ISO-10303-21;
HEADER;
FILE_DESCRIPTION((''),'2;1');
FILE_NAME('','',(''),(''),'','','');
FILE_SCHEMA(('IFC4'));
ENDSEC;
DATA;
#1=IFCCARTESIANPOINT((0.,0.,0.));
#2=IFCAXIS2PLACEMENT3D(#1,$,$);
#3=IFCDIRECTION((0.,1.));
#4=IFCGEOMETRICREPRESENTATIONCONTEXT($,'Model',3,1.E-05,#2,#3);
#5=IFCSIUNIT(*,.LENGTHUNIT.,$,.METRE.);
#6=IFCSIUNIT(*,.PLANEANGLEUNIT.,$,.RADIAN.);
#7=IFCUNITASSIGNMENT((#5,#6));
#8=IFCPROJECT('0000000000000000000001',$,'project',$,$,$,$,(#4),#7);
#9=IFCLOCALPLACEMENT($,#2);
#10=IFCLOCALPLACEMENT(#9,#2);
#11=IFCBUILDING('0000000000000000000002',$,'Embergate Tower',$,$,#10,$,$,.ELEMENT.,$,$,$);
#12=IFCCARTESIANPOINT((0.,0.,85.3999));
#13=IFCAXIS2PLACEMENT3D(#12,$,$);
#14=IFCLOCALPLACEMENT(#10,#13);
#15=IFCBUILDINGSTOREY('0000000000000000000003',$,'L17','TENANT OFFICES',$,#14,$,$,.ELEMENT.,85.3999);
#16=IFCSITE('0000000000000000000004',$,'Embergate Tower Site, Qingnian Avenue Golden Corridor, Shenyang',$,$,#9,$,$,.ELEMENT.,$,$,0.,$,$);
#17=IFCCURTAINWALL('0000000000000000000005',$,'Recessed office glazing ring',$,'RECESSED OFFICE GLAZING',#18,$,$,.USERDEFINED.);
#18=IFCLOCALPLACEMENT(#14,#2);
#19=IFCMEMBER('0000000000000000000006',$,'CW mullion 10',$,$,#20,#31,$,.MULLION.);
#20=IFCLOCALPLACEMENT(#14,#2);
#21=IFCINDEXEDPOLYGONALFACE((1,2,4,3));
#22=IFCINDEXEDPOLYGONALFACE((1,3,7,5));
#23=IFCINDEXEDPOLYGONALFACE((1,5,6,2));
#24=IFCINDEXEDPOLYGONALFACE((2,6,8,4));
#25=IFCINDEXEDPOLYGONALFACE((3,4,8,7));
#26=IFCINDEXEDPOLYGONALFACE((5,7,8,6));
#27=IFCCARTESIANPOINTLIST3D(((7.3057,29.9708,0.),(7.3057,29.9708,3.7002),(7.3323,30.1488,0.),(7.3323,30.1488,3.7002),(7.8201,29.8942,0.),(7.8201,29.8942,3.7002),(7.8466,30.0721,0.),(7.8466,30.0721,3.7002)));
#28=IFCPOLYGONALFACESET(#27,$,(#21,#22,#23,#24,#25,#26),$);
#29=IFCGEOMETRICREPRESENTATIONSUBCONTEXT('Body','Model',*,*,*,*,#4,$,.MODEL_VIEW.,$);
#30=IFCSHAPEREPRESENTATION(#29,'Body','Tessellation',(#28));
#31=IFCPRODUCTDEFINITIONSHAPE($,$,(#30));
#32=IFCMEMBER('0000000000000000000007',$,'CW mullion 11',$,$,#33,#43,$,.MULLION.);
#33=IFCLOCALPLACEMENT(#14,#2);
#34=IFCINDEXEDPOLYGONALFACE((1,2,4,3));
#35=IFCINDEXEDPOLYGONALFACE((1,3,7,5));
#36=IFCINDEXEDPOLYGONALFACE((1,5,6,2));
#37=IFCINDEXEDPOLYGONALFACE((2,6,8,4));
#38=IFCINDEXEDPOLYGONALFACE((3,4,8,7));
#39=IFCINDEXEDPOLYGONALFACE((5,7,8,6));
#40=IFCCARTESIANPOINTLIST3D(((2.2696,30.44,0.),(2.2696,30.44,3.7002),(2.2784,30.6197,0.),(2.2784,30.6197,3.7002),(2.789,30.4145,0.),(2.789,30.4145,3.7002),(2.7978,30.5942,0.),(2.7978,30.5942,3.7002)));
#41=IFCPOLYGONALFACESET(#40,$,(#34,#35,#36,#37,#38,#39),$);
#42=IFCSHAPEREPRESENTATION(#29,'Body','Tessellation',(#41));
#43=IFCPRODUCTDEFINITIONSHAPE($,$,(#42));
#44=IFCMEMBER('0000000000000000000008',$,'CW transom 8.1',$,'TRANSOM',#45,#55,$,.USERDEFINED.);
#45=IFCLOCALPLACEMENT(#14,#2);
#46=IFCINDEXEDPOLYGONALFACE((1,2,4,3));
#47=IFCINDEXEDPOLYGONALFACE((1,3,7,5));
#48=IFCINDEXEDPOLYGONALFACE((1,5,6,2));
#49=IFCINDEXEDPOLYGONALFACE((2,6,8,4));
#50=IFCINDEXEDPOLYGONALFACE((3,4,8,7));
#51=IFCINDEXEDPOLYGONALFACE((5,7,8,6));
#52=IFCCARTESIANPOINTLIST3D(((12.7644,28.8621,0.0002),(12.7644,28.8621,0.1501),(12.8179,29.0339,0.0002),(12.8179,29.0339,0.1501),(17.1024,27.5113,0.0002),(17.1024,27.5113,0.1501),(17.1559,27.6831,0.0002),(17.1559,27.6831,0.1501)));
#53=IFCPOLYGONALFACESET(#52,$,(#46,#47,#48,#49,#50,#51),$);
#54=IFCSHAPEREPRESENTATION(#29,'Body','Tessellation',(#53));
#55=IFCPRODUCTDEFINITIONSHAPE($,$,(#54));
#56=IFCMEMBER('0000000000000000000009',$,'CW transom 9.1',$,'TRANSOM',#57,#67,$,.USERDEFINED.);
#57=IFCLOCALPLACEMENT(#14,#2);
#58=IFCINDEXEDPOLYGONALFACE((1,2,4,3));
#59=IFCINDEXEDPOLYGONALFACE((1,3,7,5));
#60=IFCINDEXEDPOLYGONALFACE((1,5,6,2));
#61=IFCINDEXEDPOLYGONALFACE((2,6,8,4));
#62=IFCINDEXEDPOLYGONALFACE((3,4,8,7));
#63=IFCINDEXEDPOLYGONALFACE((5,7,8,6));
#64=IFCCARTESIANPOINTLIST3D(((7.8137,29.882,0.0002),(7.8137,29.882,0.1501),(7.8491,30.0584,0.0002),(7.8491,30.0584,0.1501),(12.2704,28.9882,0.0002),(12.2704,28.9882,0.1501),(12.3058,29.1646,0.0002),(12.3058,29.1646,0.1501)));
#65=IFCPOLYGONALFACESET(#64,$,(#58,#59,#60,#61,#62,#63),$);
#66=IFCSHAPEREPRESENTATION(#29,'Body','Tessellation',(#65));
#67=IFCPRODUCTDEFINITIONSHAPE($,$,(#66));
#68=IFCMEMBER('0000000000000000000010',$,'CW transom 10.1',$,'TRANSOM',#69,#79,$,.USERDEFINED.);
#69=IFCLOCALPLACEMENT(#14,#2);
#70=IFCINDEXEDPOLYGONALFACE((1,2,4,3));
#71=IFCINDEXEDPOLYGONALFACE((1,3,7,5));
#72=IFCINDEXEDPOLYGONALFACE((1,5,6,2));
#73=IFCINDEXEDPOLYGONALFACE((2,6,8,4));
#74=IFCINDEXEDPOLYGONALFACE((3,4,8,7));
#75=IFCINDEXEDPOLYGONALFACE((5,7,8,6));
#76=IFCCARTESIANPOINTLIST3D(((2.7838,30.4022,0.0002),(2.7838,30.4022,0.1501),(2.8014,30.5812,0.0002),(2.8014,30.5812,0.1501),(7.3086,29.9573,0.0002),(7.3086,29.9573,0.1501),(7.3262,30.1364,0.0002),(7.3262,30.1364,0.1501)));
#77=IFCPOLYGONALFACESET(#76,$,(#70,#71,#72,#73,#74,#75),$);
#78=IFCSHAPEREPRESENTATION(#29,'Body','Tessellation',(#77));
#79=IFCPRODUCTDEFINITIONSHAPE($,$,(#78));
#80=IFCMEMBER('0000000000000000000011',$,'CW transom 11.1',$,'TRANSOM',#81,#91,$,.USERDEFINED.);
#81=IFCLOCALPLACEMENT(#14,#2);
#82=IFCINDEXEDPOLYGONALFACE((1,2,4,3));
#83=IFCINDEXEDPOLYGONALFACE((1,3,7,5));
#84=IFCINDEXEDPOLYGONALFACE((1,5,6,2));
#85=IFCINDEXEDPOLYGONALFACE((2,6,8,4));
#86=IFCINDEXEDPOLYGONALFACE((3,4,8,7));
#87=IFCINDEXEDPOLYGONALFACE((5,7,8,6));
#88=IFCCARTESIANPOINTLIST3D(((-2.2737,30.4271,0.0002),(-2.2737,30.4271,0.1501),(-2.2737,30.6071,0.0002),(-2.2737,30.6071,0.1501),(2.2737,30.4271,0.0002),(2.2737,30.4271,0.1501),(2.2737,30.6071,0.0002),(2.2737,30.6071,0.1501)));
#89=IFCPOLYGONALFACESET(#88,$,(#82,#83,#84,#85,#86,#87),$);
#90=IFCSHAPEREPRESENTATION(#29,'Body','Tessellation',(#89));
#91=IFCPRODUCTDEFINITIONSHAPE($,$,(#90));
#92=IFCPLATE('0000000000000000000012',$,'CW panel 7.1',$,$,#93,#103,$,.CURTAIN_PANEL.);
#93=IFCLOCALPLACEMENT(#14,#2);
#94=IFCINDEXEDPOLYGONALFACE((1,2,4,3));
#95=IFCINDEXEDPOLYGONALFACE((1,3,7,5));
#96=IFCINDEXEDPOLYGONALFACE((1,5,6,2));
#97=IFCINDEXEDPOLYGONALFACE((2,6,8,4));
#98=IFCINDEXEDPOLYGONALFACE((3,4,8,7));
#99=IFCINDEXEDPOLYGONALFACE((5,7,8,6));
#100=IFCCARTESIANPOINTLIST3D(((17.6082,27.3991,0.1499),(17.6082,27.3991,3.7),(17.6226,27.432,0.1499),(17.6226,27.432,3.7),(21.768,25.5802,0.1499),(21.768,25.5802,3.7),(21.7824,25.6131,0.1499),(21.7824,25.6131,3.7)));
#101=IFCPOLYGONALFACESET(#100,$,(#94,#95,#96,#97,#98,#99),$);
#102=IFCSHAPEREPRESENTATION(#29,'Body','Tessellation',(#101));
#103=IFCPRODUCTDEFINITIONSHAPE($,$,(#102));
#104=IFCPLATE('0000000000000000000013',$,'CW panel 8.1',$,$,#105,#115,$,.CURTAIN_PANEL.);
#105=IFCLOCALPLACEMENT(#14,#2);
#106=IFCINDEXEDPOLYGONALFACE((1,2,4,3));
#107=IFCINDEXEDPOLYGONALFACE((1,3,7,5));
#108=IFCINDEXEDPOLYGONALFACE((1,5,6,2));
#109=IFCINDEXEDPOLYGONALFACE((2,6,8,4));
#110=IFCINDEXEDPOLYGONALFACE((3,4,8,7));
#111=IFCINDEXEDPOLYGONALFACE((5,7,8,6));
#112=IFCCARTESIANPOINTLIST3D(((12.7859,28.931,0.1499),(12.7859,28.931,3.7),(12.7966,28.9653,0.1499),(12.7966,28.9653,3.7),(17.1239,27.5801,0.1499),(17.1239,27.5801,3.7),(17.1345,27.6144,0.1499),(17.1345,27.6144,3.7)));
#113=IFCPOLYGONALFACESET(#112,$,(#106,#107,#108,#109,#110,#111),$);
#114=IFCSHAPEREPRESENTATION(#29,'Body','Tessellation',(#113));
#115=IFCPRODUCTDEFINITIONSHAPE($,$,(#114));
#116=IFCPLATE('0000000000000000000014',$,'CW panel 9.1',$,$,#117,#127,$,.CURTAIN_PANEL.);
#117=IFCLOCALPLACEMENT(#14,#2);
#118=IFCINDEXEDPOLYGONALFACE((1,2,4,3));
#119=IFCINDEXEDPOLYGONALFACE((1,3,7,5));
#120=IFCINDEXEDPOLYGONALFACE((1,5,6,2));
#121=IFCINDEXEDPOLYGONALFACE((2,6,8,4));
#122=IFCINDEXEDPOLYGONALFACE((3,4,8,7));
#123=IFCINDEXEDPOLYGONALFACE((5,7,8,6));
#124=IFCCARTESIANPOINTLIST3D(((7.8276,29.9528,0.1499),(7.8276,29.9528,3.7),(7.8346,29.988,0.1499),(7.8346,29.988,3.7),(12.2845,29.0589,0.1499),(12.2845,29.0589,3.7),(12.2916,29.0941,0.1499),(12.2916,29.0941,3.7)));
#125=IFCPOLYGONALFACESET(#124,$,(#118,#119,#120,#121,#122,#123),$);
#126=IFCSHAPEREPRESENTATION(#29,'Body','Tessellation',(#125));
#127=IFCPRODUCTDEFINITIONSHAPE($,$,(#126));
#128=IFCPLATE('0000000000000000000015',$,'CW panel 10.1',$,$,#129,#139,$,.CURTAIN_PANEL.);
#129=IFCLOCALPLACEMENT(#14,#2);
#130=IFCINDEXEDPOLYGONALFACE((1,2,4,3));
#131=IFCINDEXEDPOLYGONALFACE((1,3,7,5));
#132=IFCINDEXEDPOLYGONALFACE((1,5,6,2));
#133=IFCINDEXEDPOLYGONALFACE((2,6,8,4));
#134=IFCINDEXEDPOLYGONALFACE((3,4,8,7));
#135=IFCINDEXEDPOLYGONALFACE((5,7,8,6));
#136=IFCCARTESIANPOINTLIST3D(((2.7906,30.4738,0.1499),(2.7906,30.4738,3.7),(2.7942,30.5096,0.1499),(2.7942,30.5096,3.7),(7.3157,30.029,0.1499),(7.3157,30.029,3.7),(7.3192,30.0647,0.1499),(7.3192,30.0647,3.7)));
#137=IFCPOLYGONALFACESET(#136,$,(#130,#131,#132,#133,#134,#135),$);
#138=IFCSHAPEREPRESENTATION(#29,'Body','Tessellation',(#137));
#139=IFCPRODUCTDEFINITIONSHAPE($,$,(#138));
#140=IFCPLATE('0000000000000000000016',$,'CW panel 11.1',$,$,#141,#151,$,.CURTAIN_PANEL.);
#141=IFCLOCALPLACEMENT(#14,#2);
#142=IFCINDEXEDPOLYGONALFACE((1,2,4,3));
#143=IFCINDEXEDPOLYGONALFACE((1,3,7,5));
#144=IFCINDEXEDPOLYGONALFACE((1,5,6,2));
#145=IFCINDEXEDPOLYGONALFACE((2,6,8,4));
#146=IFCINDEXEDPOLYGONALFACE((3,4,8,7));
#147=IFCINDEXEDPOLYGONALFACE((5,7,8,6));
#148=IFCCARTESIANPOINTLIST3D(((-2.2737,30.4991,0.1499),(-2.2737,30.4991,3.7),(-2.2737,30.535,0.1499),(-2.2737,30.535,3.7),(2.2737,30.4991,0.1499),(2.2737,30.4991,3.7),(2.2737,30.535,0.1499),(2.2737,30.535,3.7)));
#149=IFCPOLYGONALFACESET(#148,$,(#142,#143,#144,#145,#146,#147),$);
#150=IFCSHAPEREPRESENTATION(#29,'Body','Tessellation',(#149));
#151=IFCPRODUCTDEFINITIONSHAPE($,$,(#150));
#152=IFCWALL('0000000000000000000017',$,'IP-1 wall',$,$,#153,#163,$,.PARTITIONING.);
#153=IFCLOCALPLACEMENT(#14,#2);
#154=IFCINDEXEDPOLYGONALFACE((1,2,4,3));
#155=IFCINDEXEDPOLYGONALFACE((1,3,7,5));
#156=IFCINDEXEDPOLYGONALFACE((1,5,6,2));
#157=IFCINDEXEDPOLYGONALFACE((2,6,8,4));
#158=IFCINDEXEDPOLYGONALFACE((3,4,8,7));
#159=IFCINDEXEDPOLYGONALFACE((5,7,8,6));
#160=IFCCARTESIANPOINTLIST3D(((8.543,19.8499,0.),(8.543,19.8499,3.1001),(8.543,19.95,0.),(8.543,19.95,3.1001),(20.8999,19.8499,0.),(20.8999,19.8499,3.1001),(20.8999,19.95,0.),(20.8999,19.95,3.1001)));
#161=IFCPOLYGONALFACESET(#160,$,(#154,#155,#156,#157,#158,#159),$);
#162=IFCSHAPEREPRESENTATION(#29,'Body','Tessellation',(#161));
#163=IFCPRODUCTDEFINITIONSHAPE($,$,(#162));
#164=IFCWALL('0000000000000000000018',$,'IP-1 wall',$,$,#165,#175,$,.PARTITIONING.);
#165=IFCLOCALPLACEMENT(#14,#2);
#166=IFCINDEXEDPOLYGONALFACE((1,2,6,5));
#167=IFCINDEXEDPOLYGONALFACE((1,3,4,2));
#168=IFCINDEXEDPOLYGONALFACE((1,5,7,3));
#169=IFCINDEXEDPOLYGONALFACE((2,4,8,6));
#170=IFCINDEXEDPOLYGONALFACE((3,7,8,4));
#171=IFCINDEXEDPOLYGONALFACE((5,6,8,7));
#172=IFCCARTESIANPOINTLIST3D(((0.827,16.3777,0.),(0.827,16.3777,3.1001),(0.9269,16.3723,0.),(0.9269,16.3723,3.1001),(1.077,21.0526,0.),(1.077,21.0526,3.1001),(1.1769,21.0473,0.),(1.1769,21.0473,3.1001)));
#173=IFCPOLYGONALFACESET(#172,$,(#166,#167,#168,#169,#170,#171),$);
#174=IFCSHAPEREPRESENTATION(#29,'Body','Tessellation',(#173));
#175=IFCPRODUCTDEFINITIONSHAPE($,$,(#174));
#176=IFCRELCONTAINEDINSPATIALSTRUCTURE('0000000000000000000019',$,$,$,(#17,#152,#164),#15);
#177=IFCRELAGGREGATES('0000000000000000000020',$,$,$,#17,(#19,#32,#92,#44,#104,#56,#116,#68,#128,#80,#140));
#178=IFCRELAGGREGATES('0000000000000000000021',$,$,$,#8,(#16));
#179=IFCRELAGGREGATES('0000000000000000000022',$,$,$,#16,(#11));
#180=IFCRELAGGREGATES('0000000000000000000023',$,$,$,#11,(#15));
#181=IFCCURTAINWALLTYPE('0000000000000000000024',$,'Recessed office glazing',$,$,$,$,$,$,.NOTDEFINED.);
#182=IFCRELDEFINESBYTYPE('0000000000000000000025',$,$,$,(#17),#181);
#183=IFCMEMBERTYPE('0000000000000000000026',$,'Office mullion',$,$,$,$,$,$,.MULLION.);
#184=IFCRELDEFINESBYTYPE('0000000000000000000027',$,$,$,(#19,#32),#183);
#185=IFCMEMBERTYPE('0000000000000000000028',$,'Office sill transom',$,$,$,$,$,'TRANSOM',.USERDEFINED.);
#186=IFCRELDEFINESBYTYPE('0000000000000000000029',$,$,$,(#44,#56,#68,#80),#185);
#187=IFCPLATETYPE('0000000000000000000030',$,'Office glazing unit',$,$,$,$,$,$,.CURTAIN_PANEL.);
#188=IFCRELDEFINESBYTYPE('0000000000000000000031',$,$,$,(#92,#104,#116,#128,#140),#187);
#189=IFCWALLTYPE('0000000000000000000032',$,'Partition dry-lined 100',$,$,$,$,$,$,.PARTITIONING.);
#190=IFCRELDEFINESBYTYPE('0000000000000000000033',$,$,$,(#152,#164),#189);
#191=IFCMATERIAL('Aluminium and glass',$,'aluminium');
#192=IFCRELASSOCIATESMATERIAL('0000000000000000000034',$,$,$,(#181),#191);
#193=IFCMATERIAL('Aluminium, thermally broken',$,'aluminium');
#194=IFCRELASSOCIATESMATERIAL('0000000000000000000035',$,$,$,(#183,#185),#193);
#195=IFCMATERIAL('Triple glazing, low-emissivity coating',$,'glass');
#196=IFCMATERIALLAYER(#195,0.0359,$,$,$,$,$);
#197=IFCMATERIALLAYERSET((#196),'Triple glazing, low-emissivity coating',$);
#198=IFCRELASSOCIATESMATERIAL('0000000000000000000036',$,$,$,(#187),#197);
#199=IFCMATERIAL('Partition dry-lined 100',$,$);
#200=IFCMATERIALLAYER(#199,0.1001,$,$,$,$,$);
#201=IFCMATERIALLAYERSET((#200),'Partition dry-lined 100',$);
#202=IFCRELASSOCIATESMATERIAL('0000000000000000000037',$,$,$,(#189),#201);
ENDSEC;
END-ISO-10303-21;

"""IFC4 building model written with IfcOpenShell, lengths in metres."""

from ifc_helpers import new_model, si_unit, direction, frame, frame_2d, origin, origin_2d, place, context, subcontext, project, spatial, rectangle, extrude, source, transform, mapped, material, layer, layer_set, material_profile, profile_set, type_object, element, aggregate, save


model = new_model("IFC4")

# Units and contexts
model_context = context("Model", 3, precision=1e-05, world=origin(), true_north=direction((0.0, 1.0)))
body_context = subcontext(model_context, "Body", "Model", "MODEL_VIEW")
ifc_project = project(units=[si_unit("LENGTHUNIT", "METRE"), si_unit("PLANEANGLEUNIT", "RADIAN")], contexts=[model_context])

# Site, building, storey
site_placement = place(None, origin())
site = spatial("IfcSite", under=ifc_project, at=site_placement, Name="Embergate Tower Site, Qingnian Avenue Golden Corridor, Shenyang", CompositionType="ELEMENT", RefElevation=0.0)
building_placement = place(site_placement, origin())
building = spatial("IfcBuilding", under=site, at=building_placement, Name="Embergate Tower", CompositionType="ELEMENT")
storey_placement = place(building_placement, frame((0.0, 0.0, 85.3999)))
storey = spatial("IfcBuildingStorey", under=building, at=storey_placement, Name="L17", Description="TENANT OFFICES", CompositionType="ELEMENT", Elevation=85.3999)

# Curtain wall, members, plates
ifc_material_1 = material(Name="Aluminium and glass", Category="aluminium")
curtain_wall_type = type_object("IfcCurtainWallType", Name="Recessed office glazing", PredefinedType="NOTDEFINED", material=ifc_material_1)
curtain_wall_placement = place(storey_placement, origin())
curtain_wall = element("IfcCurtainWall", 1, at=curtain_wall_placement, inside=storey, type_object=curtain_wall_type, Name="Recessed office glazing ring", ObjectType="RECESSED OFFICE GLAZING", PredefinedType="USERDEFINED")
ifc_material_2 = material(Name="Aluminium, thermally broken", Category="aluminium")
ifc_material_profile_1 = material_profile(ifc_material_2, rectangle(XDim=0.1799, YDim=0.52, at=origin_2d()), Name="AL 520x180")
ifc_profile_set_1 = profile_set([ifc_material_profile_1], Name="Aluminium, thermally broken")
member_type_1 = type_object("IfcMemberType", Name="Office mullion", PredefinedType="MULLION", material=ifc_profile_set_1)
shared_shape_1 = source(origin(), body_context, "Body", "SweptSolid", [
    extrude(rectangle(XDim=0.1799, YDim=0.52, at=origin_2d()), origin(), (0.0, 0.0, 1.0), 3.7002),
])
member_1_placement = place(storey_placement, frame((7.5762, 30.0215, 0.0), z_axis=(0.0, 0.0, 1.0), x_axis=(-0.147412, -0.989075, 0.0)))
member_1 = element("IfcMember", 2, at=member_1_placement, type_object=member_type_1, Name="CW mullion 10", PredefinedType="MULLION", context=body_context, shape_type="MappedRepresentation", body=[
    mapped(shared_shape_1, transform((0.0, 0.0, 0.0))),
])
member_2_placement = place(storey_placement, frame((2.5337, 30.5171, 0.0), z_axis=(0.0, 0.0, 1.0), x_axis=(-0.048972, -0.9988, 0.0)))
member_2 = element("IfcMember", 3, at=member_2_placement, type_object=member_type_1, Name="CW mullion 11", PredefinedType="MULLION", context=body_context, shape_type="MappedRepresentation", body=[
    mapped(shared_shape_1, transform((0.0, 0.0, 0.0))),
])
ifc_material_profile_2 = material_profile(ifc_material_2, rectangle(XDim=0.1799, YDim=0.1499, at=origin_2d()), Name="AL 150x180")
ifc_profile_set_2 = profile_set([ifc_material_profile_2], Name="Aluminium, thermally broken")
member_type_2 = type_object("IfcMemberType", Name="Office sill transom", ElementType="TRANSOM", PredefinedType="USERDEFINED", material=ifc_profile_set_2)
shared_shape_2 = source(origin(), body_context, "Body", "SweptSolid", [
    extrude(rectangle(XDim=0.1799, YDim=0.1499, at=origin_2d()), origin(), (0.0, 0.0, 1.0), 4.5435),
])
member_3_placement = place(storey_placement, frame((17.1292, 27.5972, 0.0752), z_axis=(-0.954778, 0.29732, 0.0), x_axis=(-0.29732, -0.954778, 0.0)))
member_3 = element("IfcMember", 4, at=member_3_placement, type_object=member_type_2, Name="CW transom 8.1", ObjectType="TRANSOM", PredefinedType="USERDEFINED", context=body_context, shape_type="MappedRepresentation", body=[
    mapped(shared_shape_2, transform((0.0, 0.0, 0.0))),
])
shared_shape_3 = source(origin(), body_context, "Body", "SweptSolid", [
    extrude(rectangle(XDim=0.1799, YDim=0.1499, at=origin_2d()), origin(), (0.0, 0.0, 1.0), 4.5454),
])
member_4_placement = place(storey_placement, frame((12.2881, 29.0764, 0.0752), z_axis=(-0.980477, 0.196633, 0.0), x_axis=(-0.196633, -0.980477, 0.0)))
member_4 = element("IfcMember", 5, at=member_4_placement, type_object=member_type_2, Name="CW transom 9.1", ObjectType="TRANSOM", PredefinedType="USERDEFINED", context=body_context, shape_type="MappedRepresentation", body=[
    mapped(shared_shape_3, transform((0.0, 0.0, 0.0))),
])
shared_shape_4 = source(origin(), body_context, "Body", "SweptSolid", [
    extrude(rectangle(XDim=0.1799, YDim=0.1499, at=origin_2d()), origin(), (0.0, 0.0, 1.0), 4.5466),
])
member_5_placement = place(storey_placement, frame((7.3174, 30.0469, 0.0752), z_axis=(-0.995203, 0.097834, 0.0), x_axis=(-0.097834, -0.995203, 0.0)))
member_5 = element("IfcMember", 6, at=member_5_placement, type_object=member_type_2, Name="CW transom 10.1", ObjectType="TRANSOM", PredefinedType="USERDEFINED", context=body_context, shape_type="MappedRepresentation", body=[
    mapped(shared_shape_4, transform((0.0, 0.0, 0.0))),
])
shared_shape_5 = source(origin(), body_context, "Body", "SweptSolid", [
    extrude(rectangle(XDim=0.1799, YDim=0.1499, at=origin_2d()), origin(), (0.0, 0.0, 1.0), 4.5474),
])
member_6_placement = place(storey_placement, frame((2.2737, 30.5171, 0.0752), z_axis=(-1.0, 0.0, 0.0), x_axis=(0.0, -1.0, 0.0)))
member_6 = element("IfcMember", 7, at=member_6_placement, type_object=member_type_2, Name="CW transom 11.1", ObjectType="TRANSOM", PredefinedType="USERDEFINED", context=body_context, shape_type="MappedRepresentation", body=[
    mapped(shared_shape_5, transform((0.0, 0.0, 0.0))),
])
ifc_material_3 = material(Name="Triple glazing, low-emissivity coating", Category="glass")
ifc_layer_1 = layer(ifc_material_3, 0.0359)
ifc_layer_set_1 = layer_set([ifc_layer_1], Name="Triple glazing, low-emissivity coating")
plate_type = type_object("IfcPlateType", Name="Office glazing unit", PredefinedType="CURTAIN_PANEL", material=ifc_layer_set_1)
shared_shape_6 = source(origin(), body_context, "Body", "SweptSolid", [
    extrude(rectangle(XDim=4.54, YDim=0.0359, at=origin_2d()), origin(), (0.0, 0.0, 1.0), 3.55),
])
plate_1_placement = place(storey_placement, frame((19.6953, 26.5061, 0.1499), z_axis=(0.0, 0.0, 1.0), x_axis=(-0.916236, 0.400638, 0.0)))
plate_1 = element("IfcPlate", 8, at=plate_1_placement, type_object=plate_type, Name="CW panel 7.1", PredefinedType="CURTAIN_PANEL", context=body_context, shape_type="MappedRepresentation", body=[
    mapped(shared_shape_6, transform((0.0, 0.0, 0.0))),
])
shared_shape_7 = source(origin(), body_context, "Body", "SweptSolid", [
    extrude(rectangle(XDim=4.5435, YDim=0.0359, at=origin_2d()), origin(), (0.0, 0.0, 1.0), 3.55),
])
plate_2_placement = place(storey_placement, frame((14.9602, 28.2727, 0.1499), z_axis=(0.0, 0.0, 1.0), x_axis=(-0.954772, 0.297338, 0.0)))
plate_2 = element("IfcPlate", 9, at=plate_2_placement, type_object=plate_type, Name="CW panel 8.1", PredefinedType="CURTAIN_PANEL", context=body_context, shape_type="MappedRepresentation", body=[
    mapped(shared_shape_7, transform((0.0, 0.0, 0.0))),
])
shared_shape_8 = source(origin(), body_context, "Body", "SweptSolid", [
    extrude(rectangle(XDim=4.5457, YDim=0.0359, at=origin_2d()), origin(), (0.0, 0.0, 1.0), 3.55),
])
plate_3_placement = place(storey_placement, frame((10.0596, 29.5234, 0.1499), z_axis=(0.0, 0.0, 1.0), x_axis=(-0.980476, 0.196639, 0.0)))
plate_3 = element("IfcPlate", 10, at=plate_3_placement, type_object=plate_type, Name="CW panel 9.1", PredefinedType="CURTAIN_PANEL", context=body_context, shape_type="MappedRepresentation", body=[
    mapped(shared_shape_8, transform((0.0, 0.0, 0.0))),
])
shared_shape_9 = source(origin(), body_context, "Body", "SweptSolid", [
    extrude(rectangle(XDim=4.5469, YDim=0.0359, at=origin_2d()), origin(), (0.0, 0.0, 1.0), 3.55),
])
plate_4_placement = place(storey_placement, frame((5.0549, 30.2693, 0.1499), z_axis=(0.0, 0.0, 1.0), x_axis=(-0.995203, 0.09783, 0.0)))
plate_4 = element("IfcPlate", 11, at=plate_4_placement, type_object=plate_type, Name="CW panel 10.1", PredefinedType="CURTAIN_PANEL", context=body_context, shape_type="MappedRepresentation", body=[
    mapped(shared_shape_9, transform((0.0, 0.0, 0.0))),
])
shared_shape_10 = source(origin(), body_context, "Body", "SweptSolid", [
    extrude(rectangle(XDim=4.5474, YDim=0.0359, at=origin_2d()), origin(), (0.0, 0.0, 1.0), 3.55),
])
plate_5_placement = place(storey_placement, frame((0.0, 30.5171, 0.1499), z_axis=(0.0, 0.0, 1.0), x_axis=(-1.0, 0.0, 0.0)))
plate_5 = element("IfcPlate", 12, at=plate_5_placement, type_object=plate_type, Name="CW panel 11.1", PredefinedType="CURTAIN_PANEL", context=body_context, shape_type="MappedRepresentation", body=[
    mapped(shared_shape_10, transform((0.0, 0.0, 0.0))),
])
aggregate(curtain_wall, [member_1, member_2, plate_1, member_3, plate_2, member_4, plate_3, member_5, plate_4, member_6, plate_5])

# Walls
ifc_material_4 = material(Name="Partition dry-lined 100")
ifc_layer_2 = layer(ifc_material_4, 0.1001)
ifc_layer_set_2 = layer_set([ifc_layer_2], Name="Partition dry-lined 100")
wall_type = type_object("IfcWallType", Name="Partition dry-lined 100", PredefinedType="PARTITIONING", material=ifc_layer_set_2)
shared_shape_11 = source(origin(), body_context, "Body", "SweptSolid", [
    extrude(rectangle(XDim=12.3569, YDim=0.1001, at=frame_2d((6.1785, 0.0))), origin(), (0.0, 0.0, 1.0), 3.1001),
])
wall_1_placement = place(storey_placement, frame((8.543, 19.8999, 0.0), z_axis=(0.0, 0.0, 1.0), x_axis=(1.0, 0.0, 0.0)))
element("IfcWall", 13, at=wall_1_placement, inside=storey, type_object=wall_type, Name="IP-1 wall", PredefinedType="PARTITIONING", context=body_context, shape_type="MappedRepresentation", body=[
    mapped(shared_shape_11, transform((0.0, 0.0, 0.0))),
])
shared_shape_12 = source(origin(), body_context, "Body", "SweptSolid", [
    extrude(rectangle(XDim=4.6816, YDim=0.1001, at=frame_2d((2.3408, 0.0))), origin(), (0.0, 0.0, 1.0), 3.1001),
])
wall_2_placement = place(storey_placement, frame((0.877, 16.375, 0.0), z_axis=(0.0, 0.0, 1.0), x_axis=(0.053399, 0.998573, 0.0)))
element("IfcWall", 14, at=wall_2_placement, inside=storey, type_object=wall_type, Name="IP-1 wall", PredefinedType="PARTITIONING", context=body_context, shape_type="MappedRepresentation", body=[
    mapped(shared_shape_12, transform((0.0, 0.0, 0.0))),
])

save(model, "model.ifc")
